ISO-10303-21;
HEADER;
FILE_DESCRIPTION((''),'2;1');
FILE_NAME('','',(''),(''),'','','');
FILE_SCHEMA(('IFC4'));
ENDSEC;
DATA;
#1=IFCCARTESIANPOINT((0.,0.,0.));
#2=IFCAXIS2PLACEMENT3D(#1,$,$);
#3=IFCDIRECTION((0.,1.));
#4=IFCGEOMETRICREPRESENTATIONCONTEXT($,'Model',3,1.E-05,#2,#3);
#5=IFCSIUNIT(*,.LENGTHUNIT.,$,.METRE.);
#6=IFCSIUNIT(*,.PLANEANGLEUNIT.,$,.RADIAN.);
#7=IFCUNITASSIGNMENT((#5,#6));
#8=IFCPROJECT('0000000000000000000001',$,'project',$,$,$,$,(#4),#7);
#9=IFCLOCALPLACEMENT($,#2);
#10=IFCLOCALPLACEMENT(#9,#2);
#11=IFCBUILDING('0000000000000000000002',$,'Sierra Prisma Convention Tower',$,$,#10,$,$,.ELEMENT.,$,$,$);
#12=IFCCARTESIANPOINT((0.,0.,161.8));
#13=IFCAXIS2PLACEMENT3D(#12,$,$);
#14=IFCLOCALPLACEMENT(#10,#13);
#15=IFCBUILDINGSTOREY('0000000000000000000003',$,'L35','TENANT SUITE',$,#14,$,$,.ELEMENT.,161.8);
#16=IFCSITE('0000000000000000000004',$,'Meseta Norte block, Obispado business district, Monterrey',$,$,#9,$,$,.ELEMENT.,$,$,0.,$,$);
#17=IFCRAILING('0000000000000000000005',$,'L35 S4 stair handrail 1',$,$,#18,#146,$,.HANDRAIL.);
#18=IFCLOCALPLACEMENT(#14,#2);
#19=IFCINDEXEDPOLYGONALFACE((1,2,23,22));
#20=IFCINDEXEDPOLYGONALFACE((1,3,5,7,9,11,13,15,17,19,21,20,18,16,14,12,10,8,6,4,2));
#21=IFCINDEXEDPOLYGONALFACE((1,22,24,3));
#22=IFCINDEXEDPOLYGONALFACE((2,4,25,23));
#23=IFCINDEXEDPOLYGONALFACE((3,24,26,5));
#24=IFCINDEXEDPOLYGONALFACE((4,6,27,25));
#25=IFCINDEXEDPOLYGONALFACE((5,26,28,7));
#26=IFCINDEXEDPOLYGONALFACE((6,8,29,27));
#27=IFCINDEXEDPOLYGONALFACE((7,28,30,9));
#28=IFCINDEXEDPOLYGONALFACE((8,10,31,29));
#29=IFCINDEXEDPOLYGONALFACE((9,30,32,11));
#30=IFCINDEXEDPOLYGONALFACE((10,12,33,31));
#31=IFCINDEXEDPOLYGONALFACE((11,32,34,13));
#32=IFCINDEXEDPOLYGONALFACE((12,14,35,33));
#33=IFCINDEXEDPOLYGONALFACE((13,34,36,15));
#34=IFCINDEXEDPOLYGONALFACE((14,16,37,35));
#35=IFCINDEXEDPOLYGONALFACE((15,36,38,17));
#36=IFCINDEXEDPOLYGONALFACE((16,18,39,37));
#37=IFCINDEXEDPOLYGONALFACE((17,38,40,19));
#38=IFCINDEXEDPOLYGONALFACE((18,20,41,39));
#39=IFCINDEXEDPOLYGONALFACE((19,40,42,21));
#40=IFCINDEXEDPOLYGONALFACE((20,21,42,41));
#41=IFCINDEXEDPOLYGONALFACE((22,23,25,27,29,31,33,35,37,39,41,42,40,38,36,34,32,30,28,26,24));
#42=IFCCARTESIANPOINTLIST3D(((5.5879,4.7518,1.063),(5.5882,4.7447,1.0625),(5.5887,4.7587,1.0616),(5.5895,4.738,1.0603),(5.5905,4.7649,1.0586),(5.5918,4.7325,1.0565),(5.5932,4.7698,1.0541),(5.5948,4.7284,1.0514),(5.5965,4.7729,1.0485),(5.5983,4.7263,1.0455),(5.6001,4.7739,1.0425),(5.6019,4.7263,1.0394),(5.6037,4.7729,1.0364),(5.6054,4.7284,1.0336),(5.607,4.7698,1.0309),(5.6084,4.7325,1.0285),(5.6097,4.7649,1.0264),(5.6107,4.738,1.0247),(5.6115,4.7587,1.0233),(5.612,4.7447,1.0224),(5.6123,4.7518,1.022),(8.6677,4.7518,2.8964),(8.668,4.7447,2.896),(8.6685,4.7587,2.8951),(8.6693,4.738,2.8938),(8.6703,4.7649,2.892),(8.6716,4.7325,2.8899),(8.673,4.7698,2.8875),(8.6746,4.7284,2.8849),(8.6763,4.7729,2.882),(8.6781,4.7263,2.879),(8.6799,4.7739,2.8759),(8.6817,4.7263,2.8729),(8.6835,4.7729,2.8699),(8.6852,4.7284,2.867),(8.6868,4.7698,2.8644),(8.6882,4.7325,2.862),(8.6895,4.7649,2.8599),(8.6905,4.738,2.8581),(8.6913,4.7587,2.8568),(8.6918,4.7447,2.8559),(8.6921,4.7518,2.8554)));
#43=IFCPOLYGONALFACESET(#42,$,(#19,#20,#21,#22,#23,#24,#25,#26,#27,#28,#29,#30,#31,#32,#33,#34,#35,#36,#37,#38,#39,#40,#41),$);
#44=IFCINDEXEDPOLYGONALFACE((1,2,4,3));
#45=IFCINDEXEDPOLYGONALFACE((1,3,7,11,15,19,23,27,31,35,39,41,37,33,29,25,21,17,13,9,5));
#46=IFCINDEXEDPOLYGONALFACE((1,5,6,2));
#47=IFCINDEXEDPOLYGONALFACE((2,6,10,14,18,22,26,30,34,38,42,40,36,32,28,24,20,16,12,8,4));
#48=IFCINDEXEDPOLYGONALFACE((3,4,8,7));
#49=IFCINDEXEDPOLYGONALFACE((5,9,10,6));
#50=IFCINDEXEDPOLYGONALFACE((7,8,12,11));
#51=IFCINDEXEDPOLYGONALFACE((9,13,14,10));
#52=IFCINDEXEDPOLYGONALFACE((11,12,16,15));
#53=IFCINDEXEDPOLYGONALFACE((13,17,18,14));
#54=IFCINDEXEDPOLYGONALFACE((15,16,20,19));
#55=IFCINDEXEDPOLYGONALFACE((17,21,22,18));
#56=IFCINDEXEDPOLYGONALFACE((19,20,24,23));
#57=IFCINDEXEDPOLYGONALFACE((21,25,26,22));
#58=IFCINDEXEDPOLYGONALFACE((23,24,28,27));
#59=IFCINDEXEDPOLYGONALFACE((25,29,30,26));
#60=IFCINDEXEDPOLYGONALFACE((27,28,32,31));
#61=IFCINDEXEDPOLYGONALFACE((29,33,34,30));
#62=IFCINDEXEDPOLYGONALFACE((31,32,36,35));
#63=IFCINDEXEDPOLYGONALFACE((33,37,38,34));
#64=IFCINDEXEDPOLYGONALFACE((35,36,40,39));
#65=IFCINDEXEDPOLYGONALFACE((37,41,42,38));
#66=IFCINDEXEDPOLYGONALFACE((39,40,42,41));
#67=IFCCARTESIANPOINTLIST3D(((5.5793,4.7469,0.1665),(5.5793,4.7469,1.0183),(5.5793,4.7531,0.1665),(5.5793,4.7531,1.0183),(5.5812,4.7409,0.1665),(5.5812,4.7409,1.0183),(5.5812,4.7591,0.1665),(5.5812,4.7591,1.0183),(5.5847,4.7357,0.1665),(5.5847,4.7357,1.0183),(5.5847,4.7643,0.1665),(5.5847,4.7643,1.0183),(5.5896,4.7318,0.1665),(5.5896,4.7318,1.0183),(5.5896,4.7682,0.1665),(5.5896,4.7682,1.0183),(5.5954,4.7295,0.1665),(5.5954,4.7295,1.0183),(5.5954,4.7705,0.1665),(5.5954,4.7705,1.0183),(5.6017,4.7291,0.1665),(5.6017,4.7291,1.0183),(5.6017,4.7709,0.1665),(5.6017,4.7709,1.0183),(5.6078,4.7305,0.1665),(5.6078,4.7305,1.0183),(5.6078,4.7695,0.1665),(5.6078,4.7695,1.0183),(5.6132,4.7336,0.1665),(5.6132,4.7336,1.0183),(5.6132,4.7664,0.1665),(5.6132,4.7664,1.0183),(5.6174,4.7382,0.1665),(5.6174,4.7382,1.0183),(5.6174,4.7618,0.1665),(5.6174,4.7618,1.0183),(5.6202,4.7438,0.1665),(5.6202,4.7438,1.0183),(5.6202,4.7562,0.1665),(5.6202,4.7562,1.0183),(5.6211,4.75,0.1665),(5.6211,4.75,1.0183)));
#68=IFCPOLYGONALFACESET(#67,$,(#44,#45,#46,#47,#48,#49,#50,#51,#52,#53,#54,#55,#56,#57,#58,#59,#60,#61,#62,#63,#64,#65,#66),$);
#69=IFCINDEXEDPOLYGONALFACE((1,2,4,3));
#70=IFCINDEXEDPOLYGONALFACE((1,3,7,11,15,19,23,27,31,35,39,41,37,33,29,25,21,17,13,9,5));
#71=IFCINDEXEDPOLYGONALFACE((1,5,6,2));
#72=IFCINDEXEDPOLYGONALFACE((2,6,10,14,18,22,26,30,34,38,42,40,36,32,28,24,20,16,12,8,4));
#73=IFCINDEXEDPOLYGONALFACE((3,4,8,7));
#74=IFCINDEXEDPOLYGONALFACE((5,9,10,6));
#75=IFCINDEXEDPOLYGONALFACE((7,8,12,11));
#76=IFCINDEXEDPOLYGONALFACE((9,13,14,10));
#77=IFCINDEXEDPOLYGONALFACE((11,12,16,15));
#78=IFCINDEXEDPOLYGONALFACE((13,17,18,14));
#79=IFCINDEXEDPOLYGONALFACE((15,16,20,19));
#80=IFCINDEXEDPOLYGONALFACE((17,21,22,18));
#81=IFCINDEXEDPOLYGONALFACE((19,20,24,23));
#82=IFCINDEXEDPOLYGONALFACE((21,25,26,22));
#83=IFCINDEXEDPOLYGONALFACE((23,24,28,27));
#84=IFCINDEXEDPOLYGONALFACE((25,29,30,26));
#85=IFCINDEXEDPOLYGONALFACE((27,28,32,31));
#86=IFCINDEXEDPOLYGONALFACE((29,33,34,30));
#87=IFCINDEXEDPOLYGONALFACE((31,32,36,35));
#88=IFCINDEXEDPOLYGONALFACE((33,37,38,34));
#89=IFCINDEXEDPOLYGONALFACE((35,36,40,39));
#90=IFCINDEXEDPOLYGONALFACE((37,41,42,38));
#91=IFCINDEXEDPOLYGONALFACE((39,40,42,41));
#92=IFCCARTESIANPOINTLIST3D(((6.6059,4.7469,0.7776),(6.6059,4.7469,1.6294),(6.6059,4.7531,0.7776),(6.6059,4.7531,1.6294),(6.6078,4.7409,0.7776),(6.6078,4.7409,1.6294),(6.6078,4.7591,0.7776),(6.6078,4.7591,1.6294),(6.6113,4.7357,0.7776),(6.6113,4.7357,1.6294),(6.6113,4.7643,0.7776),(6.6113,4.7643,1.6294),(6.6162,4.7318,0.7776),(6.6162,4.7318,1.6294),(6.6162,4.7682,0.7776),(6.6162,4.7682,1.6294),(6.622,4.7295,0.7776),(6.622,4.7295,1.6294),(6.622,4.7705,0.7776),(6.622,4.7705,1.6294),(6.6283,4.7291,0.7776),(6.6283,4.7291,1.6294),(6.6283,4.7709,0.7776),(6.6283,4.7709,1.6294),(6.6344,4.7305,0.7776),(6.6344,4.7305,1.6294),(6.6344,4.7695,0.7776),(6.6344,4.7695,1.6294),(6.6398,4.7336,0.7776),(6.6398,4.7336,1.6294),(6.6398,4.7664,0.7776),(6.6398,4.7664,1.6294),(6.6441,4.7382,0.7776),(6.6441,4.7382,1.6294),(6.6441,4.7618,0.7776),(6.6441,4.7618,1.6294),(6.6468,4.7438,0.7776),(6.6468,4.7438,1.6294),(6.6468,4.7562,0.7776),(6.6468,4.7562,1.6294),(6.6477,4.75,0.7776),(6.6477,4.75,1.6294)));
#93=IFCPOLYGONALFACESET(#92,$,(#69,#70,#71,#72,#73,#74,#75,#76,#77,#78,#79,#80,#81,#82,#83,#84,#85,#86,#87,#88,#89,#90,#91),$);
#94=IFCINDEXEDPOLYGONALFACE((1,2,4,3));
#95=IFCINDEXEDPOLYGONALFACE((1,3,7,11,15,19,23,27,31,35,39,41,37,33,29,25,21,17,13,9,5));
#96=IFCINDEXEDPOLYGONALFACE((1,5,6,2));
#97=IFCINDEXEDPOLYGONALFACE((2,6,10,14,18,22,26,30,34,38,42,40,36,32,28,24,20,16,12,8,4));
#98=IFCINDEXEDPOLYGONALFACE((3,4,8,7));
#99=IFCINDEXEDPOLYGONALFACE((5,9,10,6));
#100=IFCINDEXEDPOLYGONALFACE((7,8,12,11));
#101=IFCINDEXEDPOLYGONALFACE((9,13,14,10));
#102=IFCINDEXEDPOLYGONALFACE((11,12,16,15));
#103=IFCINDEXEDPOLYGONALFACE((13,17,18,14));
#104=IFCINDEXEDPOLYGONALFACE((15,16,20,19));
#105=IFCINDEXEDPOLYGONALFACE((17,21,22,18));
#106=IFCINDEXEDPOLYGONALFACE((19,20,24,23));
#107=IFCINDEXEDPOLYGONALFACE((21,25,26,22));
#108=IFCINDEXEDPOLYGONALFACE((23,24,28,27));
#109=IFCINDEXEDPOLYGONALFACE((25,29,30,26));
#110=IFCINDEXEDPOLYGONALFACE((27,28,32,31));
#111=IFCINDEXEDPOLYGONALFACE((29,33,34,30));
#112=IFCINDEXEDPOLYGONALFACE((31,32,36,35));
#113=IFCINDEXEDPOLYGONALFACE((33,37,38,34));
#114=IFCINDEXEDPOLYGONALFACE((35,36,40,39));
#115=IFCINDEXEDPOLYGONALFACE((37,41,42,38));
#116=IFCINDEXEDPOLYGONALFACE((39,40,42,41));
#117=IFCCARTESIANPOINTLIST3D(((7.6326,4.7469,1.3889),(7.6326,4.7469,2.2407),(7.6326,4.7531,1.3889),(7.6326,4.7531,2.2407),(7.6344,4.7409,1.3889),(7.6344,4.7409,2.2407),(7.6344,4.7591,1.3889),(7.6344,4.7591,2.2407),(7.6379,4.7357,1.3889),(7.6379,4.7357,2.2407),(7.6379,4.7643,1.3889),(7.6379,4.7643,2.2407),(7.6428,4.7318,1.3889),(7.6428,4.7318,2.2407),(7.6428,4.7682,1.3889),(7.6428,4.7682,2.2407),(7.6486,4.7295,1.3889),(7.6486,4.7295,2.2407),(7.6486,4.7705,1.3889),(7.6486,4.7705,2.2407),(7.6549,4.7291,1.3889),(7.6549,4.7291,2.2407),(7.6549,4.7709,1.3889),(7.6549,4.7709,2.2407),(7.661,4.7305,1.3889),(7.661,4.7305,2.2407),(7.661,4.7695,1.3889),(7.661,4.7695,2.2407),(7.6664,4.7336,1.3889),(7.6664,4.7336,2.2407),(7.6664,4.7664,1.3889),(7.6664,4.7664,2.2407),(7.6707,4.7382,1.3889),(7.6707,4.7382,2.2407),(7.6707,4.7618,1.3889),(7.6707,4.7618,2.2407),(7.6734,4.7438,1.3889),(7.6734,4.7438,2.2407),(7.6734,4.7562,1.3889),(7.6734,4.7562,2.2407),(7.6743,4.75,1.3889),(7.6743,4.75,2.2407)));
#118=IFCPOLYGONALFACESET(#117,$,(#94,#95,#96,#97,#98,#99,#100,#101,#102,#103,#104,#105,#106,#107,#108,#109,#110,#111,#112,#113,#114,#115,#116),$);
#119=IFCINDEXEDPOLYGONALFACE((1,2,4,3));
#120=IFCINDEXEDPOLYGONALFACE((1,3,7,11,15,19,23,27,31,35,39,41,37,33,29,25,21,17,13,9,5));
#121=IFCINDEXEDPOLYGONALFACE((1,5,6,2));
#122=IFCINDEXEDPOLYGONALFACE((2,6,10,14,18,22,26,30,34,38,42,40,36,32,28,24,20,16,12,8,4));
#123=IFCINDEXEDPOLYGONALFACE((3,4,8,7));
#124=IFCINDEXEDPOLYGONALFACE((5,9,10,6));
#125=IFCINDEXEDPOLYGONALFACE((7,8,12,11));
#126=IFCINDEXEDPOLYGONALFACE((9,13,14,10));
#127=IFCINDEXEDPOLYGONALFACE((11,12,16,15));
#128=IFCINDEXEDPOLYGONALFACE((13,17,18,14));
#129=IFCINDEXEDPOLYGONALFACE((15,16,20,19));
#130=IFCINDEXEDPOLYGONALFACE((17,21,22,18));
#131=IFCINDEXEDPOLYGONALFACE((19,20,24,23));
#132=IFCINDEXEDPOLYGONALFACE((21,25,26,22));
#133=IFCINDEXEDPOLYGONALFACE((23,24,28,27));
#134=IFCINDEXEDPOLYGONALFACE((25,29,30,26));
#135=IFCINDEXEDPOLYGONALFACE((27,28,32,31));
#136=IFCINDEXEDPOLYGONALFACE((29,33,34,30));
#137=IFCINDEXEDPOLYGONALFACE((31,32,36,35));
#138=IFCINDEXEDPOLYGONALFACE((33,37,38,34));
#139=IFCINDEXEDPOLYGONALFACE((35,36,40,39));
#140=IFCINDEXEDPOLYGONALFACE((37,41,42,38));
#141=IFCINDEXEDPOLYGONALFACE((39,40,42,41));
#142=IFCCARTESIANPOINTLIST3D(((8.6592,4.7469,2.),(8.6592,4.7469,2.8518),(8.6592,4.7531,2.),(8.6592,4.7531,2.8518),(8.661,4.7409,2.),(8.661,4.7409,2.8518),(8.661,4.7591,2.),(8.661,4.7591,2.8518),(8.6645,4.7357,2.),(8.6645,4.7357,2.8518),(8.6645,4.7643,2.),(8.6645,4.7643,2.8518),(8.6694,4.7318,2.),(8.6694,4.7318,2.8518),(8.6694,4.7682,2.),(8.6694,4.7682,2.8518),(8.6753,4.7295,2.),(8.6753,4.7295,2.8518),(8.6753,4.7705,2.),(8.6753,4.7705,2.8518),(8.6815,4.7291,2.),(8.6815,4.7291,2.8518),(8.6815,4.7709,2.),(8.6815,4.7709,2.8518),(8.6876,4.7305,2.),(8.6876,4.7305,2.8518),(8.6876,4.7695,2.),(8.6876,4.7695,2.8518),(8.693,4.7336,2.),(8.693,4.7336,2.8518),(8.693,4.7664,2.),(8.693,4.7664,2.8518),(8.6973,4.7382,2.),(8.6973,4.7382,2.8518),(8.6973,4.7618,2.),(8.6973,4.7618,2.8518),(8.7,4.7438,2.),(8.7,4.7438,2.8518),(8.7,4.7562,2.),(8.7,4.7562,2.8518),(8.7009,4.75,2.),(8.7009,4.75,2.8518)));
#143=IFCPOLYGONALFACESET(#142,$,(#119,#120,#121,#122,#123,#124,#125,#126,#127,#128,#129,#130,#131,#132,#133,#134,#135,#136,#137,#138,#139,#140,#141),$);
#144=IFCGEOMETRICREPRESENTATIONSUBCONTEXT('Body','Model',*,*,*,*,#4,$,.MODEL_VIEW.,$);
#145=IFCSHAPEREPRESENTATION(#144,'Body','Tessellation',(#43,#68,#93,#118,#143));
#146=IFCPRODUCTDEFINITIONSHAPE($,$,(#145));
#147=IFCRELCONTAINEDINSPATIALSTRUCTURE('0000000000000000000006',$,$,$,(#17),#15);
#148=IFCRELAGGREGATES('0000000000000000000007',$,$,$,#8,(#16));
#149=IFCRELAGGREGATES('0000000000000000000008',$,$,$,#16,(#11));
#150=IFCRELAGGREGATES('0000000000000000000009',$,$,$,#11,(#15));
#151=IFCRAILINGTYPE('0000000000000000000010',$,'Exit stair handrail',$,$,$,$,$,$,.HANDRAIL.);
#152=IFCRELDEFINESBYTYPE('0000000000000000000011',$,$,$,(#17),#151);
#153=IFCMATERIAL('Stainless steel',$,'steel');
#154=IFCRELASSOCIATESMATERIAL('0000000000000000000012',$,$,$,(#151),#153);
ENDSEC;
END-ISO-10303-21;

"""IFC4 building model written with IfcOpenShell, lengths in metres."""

from ifc_helpers import new_model, si_unit, direction, frame, origin, origin_2d, place, context, subcontext, project, spatial, circle, extrude, material, type_object, element, save


model = new_model("IFC4")

# Units and contexts
model_context = context("Model", 3, precision=1e-05, world=origin(), true_north=direction((0.0, 1.0)))
body_context = subcontext(model_context, "Body", "Model", "MODEL_VIEW")
ifc_project = project(units=[si_unit("LENGTHUNIT", "METRE"), si_unit("PLANEANGLEUNIT", "RADIAN")], contexts=[model_context])

# Site, building, storey
site_placement = place(None, origin())
site = spatial("IfcSite", under=ifc_project, at=site_placement, Name="Meseta Norte block, Obispado business district, Monterrey", CompositionType="ELEMENT", RefElevation=0.0)
building_placement = place(site_placement, origin())
building = spatial("IfcBuilding", under=site, at=building_placement, Name="Sierra Prisma Convention Tower", CompositionType="ELEMENT")
storey_placement = place(building_placement, frame((0.0, 0.0, 161.8)))
storey = spatial("IfcBuildingStorey", under=building, at=storey_placement, Name="L35", Description="TENANT SUITE", CompositionType="ELEMENT", Elevation=161.8)

# Railing
ifc_material_1 = material(Name="Stainless steel", Category="steel")
railing_type_1 = type_object("IfcRailingType", Name="Exit stair handrail", PredefinedType="HANDRAIL", material=ifc_material_1)
railing_1_placement = place(storey_placement, frame((5.6001, 4.75, 0.1665)))
element("IfcRailing", 1, at=railing_1_placement, inside=storey, type_object=railing_type_1, Name="L35 S4 stair handrail 1", PredefinedType="HANDRAIL", context=body_context, shape_type="SweptSolid", body=[
    extrude(circle(Radius=0.0239, at=origin_2d()), frame((0.0, 0.0, 0.876), z_axis=(0.859261, 0.0, 0.511538), x_axis=(0.0, 1.0, 0.0)), (0.0, 0.0, 1.0), 3.5842),
    extrude(circle(Radius=0.021, at=origin_2d()), origin(), (0.0, 0.0, 1.0), 0.8518),
    extrude(circle(Radius=0.021, at=origin_2d()), frame((1.0266, 0.0, 0.6111)), (0.0, 0.0, 1.0), 0.8518),
    extrude(circle(Radius=0.021, at=origin_2d()), frame((2.0532, 0.0, 1.2224)), (0.0, 0.0, 1.0), 0.8518),
    extrude(circle(Radius=0.021, at=origin_2d()), frame((3.0798, 0.0, 1.8335)), (0.0, 0.0, 1.0), 0.8518),
])

save(model, "model.ifc")
